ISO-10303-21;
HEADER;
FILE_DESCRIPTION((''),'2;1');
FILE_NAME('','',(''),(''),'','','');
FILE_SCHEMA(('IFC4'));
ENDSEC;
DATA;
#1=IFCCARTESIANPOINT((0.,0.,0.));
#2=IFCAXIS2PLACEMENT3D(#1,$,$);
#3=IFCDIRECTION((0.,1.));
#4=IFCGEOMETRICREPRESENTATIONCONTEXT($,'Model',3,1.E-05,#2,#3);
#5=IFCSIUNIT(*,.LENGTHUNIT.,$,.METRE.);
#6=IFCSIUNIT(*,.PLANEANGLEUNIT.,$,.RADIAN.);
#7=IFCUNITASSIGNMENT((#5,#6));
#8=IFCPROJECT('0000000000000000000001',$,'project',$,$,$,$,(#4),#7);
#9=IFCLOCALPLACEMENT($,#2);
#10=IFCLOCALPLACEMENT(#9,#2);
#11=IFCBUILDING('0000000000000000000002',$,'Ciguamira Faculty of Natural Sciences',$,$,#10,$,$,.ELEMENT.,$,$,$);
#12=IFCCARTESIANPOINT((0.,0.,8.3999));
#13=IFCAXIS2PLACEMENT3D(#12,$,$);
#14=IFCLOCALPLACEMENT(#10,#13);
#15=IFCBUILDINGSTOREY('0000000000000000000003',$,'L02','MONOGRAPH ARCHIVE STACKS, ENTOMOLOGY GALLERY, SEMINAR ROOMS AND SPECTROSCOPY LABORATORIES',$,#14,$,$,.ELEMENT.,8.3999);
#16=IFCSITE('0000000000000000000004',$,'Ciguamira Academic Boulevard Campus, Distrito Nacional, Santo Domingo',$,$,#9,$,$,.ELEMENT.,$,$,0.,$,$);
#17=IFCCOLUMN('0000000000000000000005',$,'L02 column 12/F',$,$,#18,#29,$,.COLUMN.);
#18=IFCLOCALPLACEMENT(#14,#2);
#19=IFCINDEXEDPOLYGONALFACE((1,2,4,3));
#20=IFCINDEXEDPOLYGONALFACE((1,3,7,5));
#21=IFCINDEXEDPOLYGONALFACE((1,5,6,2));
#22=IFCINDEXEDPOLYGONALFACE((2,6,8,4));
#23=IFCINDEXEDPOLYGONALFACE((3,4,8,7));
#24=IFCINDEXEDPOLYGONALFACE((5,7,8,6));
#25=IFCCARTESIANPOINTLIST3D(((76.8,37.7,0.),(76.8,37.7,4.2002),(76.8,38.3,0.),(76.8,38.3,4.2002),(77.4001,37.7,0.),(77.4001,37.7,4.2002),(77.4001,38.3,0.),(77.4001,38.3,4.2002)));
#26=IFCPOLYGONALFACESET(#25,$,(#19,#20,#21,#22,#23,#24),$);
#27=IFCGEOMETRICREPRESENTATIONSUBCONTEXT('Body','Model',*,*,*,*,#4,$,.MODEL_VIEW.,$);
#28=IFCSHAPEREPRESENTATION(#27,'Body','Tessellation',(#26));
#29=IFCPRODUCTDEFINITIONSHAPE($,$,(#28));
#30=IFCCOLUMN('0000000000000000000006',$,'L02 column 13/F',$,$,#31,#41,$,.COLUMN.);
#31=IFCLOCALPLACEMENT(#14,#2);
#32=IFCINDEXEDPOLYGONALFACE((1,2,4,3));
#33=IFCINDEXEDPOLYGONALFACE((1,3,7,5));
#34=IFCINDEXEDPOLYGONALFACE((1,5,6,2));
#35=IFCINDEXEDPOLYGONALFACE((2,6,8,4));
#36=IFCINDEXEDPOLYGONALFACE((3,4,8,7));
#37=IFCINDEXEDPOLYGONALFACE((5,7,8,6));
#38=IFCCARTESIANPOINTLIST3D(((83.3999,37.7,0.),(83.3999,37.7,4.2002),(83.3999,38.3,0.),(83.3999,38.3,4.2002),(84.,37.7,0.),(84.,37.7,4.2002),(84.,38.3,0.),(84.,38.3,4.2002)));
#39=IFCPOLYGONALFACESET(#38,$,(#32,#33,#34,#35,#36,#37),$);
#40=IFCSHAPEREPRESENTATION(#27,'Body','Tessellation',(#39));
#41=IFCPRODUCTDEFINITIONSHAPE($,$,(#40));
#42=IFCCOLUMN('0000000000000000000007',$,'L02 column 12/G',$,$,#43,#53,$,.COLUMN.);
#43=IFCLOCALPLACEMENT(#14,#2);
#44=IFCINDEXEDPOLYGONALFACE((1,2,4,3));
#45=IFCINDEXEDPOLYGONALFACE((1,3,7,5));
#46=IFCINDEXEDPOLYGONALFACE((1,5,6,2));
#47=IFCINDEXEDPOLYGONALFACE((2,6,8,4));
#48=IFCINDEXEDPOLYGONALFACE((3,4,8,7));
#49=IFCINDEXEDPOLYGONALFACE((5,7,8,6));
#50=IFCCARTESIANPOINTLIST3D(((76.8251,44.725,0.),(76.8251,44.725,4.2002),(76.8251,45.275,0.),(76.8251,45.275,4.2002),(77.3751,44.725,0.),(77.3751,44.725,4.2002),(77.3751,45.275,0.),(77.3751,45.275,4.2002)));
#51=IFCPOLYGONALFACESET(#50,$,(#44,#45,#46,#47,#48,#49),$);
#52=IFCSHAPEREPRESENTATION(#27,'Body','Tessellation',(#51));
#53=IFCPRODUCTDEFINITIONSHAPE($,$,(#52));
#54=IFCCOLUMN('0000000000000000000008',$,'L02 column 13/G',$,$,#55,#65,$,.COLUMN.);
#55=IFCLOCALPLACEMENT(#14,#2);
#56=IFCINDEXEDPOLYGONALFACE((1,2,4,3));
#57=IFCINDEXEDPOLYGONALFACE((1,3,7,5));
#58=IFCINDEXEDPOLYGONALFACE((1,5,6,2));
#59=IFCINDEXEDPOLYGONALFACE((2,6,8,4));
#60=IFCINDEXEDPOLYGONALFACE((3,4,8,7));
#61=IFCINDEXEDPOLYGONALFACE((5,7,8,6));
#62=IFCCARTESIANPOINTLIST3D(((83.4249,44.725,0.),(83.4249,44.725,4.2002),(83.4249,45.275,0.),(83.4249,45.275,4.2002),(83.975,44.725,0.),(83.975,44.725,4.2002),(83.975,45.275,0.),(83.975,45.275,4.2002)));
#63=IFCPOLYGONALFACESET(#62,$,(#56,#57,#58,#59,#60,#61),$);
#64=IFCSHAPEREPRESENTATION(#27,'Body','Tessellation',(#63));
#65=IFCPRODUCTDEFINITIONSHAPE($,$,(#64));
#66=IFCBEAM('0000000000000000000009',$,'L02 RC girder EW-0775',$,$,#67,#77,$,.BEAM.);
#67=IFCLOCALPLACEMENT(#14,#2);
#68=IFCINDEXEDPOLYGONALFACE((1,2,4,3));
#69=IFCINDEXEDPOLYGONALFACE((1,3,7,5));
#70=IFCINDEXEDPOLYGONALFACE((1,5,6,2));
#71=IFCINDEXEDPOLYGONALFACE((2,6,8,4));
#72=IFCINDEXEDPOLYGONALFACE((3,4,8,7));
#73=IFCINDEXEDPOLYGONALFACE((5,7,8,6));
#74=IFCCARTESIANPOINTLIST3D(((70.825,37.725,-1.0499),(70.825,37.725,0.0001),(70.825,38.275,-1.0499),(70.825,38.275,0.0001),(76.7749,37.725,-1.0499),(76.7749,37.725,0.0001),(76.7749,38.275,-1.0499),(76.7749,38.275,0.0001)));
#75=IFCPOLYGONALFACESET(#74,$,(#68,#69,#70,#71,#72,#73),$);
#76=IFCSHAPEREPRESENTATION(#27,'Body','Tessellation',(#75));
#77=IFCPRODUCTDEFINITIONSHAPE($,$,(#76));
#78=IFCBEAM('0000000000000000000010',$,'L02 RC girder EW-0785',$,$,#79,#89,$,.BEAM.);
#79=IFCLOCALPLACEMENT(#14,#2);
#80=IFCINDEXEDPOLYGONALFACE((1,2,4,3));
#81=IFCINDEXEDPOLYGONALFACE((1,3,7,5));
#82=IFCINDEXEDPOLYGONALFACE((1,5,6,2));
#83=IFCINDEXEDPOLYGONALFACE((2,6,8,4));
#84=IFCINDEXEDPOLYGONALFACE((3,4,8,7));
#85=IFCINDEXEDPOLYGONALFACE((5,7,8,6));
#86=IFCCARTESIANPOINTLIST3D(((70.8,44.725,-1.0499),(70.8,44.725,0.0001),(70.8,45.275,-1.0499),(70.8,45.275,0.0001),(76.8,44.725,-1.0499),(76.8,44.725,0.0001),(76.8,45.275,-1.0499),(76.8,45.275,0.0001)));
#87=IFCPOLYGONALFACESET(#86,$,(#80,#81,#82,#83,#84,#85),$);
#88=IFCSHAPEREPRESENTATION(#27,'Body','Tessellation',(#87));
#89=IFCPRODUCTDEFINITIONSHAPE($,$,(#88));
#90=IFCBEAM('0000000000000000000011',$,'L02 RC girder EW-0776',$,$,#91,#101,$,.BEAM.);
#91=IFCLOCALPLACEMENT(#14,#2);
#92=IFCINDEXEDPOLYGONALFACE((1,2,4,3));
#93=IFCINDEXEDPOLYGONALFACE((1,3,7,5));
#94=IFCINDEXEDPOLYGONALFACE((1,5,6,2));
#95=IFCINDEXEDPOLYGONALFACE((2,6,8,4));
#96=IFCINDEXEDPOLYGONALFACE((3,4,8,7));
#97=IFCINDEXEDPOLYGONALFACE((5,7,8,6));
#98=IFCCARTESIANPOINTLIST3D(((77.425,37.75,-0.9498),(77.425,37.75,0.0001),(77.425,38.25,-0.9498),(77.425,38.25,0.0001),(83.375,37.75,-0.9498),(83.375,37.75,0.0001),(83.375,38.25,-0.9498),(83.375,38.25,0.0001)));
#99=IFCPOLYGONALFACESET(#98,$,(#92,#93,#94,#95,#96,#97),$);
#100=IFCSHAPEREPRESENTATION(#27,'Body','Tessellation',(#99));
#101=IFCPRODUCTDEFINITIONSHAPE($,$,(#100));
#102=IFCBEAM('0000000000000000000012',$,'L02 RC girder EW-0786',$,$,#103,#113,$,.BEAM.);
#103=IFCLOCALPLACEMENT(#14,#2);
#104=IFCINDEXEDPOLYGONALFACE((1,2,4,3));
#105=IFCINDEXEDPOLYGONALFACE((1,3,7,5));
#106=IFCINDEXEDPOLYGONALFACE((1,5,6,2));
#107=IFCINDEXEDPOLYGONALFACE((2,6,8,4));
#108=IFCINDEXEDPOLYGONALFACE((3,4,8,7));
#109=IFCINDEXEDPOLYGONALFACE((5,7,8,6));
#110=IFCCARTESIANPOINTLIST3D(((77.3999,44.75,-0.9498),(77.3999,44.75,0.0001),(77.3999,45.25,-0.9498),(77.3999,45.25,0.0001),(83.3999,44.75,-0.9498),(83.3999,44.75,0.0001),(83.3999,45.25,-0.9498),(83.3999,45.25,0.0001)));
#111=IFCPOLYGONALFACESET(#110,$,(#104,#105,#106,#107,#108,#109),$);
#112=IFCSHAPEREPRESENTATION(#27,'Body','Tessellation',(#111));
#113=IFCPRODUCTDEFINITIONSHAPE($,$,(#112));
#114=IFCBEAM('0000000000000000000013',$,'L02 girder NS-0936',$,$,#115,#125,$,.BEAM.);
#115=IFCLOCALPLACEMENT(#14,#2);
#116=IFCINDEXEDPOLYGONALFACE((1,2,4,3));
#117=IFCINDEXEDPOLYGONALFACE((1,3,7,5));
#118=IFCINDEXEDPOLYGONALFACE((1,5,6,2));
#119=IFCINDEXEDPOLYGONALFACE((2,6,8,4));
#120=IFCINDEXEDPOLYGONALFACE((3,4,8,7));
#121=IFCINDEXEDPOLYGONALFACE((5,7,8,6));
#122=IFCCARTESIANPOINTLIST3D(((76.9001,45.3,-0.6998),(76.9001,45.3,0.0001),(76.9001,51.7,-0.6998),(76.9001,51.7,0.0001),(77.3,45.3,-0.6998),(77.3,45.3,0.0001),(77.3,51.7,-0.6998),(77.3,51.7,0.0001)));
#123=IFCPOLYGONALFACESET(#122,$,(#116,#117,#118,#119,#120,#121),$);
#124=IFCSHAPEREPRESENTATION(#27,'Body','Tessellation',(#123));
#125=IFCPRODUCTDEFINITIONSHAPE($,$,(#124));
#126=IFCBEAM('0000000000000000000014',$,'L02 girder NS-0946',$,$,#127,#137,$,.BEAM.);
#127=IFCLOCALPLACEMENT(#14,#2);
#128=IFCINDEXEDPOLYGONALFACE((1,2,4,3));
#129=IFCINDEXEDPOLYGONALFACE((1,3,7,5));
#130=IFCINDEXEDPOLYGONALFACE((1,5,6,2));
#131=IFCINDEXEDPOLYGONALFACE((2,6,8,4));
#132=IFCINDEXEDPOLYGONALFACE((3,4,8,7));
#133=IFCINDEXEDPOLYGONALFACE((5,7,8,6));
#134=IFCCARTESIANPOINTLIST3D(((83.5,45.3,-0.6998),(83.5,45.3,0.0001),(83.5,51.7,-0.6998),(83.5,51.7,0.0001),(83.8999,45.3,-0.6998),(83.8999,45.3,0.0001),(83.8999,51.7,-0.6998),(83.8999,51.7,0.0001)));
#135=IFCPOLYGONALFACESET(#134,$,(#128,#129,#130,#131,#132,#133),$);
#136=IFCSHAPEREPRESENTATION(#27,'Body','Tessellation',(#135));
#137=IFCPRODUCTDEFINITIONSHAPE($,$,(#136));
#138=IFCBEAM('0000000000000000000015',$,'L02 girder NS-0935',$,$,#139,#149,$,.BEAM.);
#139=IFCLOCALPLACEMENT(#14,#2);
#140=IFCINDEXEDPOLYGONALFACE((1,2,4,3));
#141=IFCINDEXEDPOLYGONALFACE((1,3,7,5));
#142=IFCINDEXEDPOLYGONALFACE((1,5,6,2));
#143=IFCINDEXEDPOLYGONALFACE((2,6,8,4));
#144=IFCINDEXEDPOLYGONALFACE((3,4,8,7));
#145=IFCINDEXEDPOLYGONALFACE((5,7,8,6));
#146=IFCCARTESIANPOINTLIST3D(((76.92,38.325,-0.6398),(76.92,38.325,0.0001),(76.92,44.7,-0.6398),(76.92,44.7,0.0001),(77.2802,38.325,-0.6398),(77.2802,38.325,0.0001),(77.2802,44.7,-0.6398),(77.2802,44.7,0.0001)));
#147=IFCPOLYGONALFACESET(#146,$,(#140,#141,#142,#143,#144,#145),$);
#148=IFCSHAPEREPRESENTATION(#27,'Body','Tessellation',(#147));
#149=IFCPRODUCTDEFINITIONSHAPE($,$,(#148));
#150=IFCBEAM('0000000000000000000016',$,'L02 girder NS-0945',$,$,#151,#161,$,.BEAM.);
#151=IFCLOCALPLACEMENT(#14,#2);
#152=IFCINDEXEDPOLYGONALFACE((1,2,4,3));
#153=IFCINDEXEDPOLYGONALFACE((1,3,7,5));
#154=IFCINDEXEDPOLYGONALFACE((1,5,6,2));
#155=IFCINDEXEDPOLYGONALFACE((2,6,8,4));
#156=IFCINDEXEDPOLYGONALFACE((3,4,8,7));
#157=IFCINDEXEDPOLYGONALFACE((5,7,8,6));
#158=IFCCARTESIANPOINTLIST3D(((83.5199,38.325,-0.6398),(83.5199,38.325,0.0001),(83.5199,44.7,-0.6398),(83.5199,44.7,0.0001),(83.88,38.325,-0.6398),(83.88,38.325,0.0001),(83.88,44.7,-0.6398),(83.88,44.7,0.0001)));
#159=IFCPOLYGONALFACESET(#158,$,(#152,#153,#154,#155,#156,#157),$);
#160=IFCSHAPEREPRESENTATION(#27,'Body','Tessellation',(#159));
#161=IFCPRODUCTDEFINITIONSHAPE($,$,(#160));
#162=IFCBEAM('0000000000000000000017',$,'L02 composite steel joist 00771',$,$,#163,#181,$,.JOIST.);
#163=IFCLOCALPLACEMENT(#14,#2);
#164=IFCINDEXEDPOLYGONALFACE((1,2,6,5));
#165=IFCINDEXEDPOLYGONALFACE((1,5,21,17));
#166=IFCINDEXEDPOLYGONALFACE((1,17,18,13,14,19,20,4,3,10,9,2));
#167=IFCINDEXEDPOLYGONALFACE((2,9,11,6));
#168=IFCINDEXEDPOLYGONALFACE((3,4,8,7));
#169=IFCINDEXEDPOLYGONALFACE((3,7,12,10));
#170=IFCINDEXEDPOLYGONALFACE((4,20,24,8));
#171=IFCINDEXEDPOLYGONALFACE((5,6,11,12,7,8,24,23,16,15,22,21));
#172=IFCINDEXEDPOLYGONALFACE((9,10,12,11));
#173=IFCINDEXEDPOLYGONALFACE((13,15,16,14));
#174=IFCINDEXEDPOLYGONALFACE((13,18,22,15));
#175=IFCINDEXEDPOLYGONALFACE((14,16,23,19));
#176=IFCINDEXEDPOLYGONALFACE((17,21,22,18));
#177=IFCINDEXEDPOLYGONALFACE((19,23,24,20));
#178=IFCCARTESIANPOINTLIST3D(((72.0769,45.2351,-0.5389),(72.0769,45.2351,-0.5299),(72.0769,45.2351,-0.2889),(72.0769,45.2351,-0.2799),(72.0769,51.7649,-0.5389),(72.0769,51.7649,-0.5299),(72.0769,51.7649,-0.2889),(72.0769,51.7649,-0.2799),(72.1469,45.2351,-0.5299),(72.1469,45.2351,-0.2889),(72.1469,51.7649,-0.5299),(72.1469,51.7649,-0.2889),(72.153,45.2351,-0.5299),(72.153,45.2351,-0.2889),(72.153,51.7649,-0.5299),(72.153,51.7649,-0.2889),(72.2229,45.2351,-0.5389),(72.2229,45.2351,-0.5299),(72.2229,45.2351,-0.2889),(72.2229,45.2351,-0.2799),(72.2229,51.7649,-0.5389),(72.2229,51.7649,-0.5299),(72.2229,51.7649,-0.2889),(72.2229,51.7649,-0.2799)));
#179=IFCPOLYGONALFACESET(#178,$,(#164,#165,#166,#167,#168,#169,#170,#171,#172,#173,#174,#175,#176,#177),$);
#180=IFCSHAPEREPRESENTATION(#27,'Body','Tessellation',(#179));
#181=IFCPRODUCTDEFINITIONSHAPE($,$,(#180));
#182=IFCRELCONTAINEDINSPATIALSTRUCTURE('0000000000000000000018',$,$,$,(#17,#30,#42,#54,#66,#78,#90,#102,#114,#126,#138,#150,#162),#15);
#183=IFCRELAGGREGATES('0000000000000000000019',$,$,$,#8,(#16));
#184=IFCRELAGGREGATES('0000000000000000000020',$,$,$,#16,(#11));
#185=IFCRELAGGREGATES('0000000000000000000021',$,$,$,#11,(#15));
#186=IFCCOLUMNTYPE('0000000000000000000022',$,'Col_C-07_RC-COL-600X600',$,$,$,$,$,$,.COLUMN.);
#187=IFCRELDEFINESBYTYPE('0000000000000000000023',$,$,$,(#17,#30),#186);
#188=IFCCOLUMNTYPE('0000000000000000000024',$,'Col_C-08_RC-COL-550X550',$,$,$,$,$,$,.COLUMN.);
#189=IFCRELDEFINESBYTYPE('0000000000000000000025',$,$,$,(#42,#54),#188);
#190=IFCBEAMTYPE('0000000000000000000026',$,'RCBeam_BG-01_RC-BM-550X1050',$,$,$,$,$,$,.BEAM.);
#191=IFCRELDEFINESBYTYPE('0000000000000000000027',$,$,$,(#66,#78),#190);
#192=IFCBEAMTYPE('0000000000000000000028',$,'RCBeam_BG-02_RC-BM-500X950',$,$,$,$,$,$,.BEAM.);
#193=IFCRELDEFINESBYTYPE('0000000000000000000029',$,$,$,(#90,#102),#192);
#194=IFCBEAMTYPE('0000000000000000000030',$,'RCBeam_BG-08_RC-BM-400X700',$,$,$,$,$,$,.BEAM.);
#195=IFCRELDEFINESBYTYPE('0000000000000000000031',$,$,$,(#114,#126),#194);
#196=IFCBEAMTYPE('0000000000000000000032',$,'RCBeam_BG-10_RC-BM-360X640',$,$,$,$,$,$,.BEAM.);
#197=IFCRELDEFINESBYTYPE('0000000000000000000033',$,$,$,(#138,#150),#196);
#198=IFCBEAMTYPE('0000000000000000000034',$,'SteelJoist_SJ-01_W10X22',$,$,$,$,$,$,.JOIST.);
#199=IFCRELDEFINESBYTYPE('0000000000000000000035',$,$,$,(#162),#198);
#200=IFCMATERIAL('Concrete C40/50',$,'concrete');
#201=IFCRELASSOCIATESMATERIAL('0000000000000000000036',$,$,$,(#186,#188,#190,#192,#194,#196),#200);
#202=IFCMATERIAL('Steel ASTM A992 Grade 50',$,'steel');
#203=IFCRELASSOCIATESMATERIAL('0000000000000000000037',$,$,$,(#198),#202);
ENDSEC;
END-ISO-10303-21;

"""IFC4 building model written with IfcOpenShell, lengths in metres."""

from ifc_helpers import new_model, si_unit, direction, frame, origin, origin_2d, place, context, subcontext, project, spatial, rectangle, i_section, extrude, material, material_profile, profile_set, type_object, element, save


model = new_model("IFC4")

# Units and contexts
model_context = context("Model", 3, precision=1e-05, world=origin(), true_north=direction((0.0, 1.0)))
body_context = subcontext(model_context, "Body", "Model", "MODEL_VIEW")
ifc_project = project(units=[si_unit("LENGTHUNIT", "METRE"), si_unit("PLANEANGLEUNIT", "RADIAN")], contexts=[model_context])

# Site, building, storey
site_placement = place(None, origin())
site = spatial("IfcSite", under=ifc_project, at=site_placement, Name="Ciguamira Academic Boulevard Campus, Distrito Nacional, Santo Domingo", CompositionType="ELEMENT", RefElevation=0.0)
building_placement = place(site_placement, origin())
building = spatial("IfcBuilding", under=site, at=building_placement, Name="Ciguamira Faculty of Natural Sciences", CompositionType="ELEMENT")
storey_placement = place(building_placement, frame((0.0, 0.0, 8.3999)))
storey = spatial("IfcBuildingStorey", under=building, at=storey_placement, Name="L02", Description="MONOGRAPH ARCHIVE STACKS, ENTOMOLOGY GALLERY, SEMINAR ROOMS AND SPECTROSCOPY LABORATORIES", CompositionType="ELEMENT", Elevation=8.3999)

# Columns
ifc_material_1 = material(Name="Concrete C40/50", Category="concrete")
ifc_material_profile_1 = material_profile(ifc_material_1, rectangle(XDim=0.6001, YDim=0.6001, at=origin_2d()), Name="RC-COL-600X600")
ifc_profile_set_1 = profile_set([ifc_material_profile_1], Name="Concrete C40/50")
column_type_1 = type_object("IfcColumnType", Name="Col_C-07_RC-COL-600X600", PredefinedType="COLUMN", material=ifc_profile_set_1)
for number, where, z_axis, x_axis, name in (
    (1, (77.1001, 38.0, 0.0), (0.0, 0.0, 1.0), (1.0, 0.0, 0.0), "L02 column 12/F"),
    (2, (83.7, 38.0, 0.0), (0.0, 0.0, 1.0), (1.0, 0.0, 0.0), "L02 column 13/F"),
):
    element("IfcColumn", number, at=place(storey_placement, frame(where, z_axis=z_axis, x_axis=x_axis)), inside=storey, type_object=column_type_1, Name=name, PredefinedType="COLUMN", context=body_context, shape_type="SweptSolid", body=[
        extrude(rectangle(XDim=0.6001, YDim=0.6001, at=origin_2d()), origin(), (0.0, 0.0, 1.0), 4.2002),
    ])
ifc_material_profile_2 = material_profile(ifc_material_1, rectangle(XDim=0.55, YDim=0.55, at=origin_2d()), Name="RC-COL-550X550")
ifc_profile_set_2 = profile_set([ifc_material_profile_2], Name="Concrete C40/50")
column_type_2 = type_object("IfcColumnType", Name="Col_C-08_RC-COL-550X550", PredefinedType="COLUMN", material=ifc_profile_set_2)
for number, where, z_axis, x_axis, name in (
    (3, (77.1001, 45.0, 0.0), (0.0, 0.0, 1.0), (1.0, 0.0, 0.0), "L02 column 12/G"),
    (4, (83.7, 45.0, 0.0), (0.0, 0.0, 1.0), (1.0, 0.0, 0.0), "L02 column 13/G"),
):
    element("IfcColumn", number, at=place(storey_placement, frame(where, z_axis=z_axis, x_axis=x_axis)), inside=storey, type_object=column_type_2, Name=name, PredefinedType="COLUMN", context=body_context, shape_type="SweptSolid", body=[
        extrude(rectangle(XDim=0.55, YDim=0.55, at=origin_2d()), origin(), (0.0, 0.0, 1.0), 4.2002),
    ])

# Beams
ifc_material_profile_3 = material_profile(ifc_material_1, rectangle(XDim=0.55, YDim=1.05, at=origin_2d()), Name="RC-BM-550X1050")
ifc_profile_set_3 = profile_set([ifc_material_profile_3], Name="Concrete C40/50")
beam_type_1 = type_object("IfcBeamType", Name="RCBeam_BG-01_RC-BM-550X1050", PredefinedType="BEAM", material=ifc_profile_set_3)
beam_1_placement = place(storey_placement, frame((70.825, 38.0, -0.5249), z_axis=(1.0, 0.0, 0.0), x_axis=(0.0, 1.0, 0.0)))
element("IfcBeam", 5, at=beam_1_placement, inside=storey, type_object=beam_type_1, Name="L02 RC girder EW-0775", PredefinedType="BEAM", context=body_context, shape_type="SweptSolid", body=[
    extrude(rectangle(XDim=0.55, YDim=1.05, at=origin_2d()), origin(), (0.0, 0.0, 1.0), 5.95),
])
beam_2_placement = place(storey_placement, frame((70.8, 45.0, -0.5249), z_axis=(1.0, 0.0, 0.0), x_axis=(0.0, 1.0, 0.0)))
element("IfcBeam", 6, at=beam_2_placement, inside=storey, type_object=beam_type_1, Name="L02 RC girder EW-0785", PredefinedType="BEAM", context=body_context, shape_type="SweptSolid", body=[
    extrude(rectangle(XDim=0.55, YDim=1.05, at=origin_2d()), origin(), (0.0, 0.0, 1.0), 6.0),
])
ifc_material_profile_4 = material_profile(ifc_material_1, rectangle(XDim=0.5, YDim=0.95, at=origin_2d()), Name="RC-BM-500X950")
ifc_profile_set_4 = profile_set([ifc_material_profile_4], Name="Concrete C40/50")
beam_type_2 = type_object("IfcBeamType", Name="RCBeam_BG-02_RC-BM-500X950", PredefinedType="BEAM", material=ifc_profile_set_4)
beam_3_placement = place(storey_placement, frame((77.425, 38.0, -0.4749), z_axis=(1.0, 0.0, 0.0), x_axis=(0.0, 1.0, 0.0)))
element("IfcBeam", 7, at=beam_3_placement, inside=storey, type_object=beam_type_2, Name="L02 RC girder EW-0776", PredefinedType="BEAM", context=body_context, shape_type="SweptSolid", body=[
    extrude(rectangle(XDim=0.5, YDim=0.95, at=origin_2d()), origin(), (0.0, 0.0, 1.0), 5.95),
])
beam_4_placement = place(storey_placement, frame((77.3999, 45.0, -0.4749), z_axis=(1.0, 0.0, 0.0), x_axis=(0.0, 1.0, 0.0)))
element("IfcBeam", 8, at=beam_4_placement, inside=storey, type_object=beam_type_2, Name="L02 RC girder EW-0786", PredefinedType="BEAM", context=body_context, shape_type="SweptSolid", body=[
    extrude(rectangle(XDim=0.5, YDim=0.95, at=origin_2d()), origin(), (0.0, 0.0, 1.0), 6.0),
])
ifc_material_profile_5 = material_profile(ifc_material_1, rectangle(XDim=0.3999, YDim=0.7, at=origin_2d()), Name="RC-BM-400X700")
ifc_profile_set_5 = profile_set([ifc_material_profile_5], Name="Concrete C40/50")
beam_type_3 = type_object("IfcBeamType", Name="RCBeam_BG-08_RC-BM-400X700", PredefinedType="BEAM", material=ifc_profile_set_5)
for number, where, z_axis, x_axis, name in (
    (9, (77.1001, 45.3, -0.3499), (0.0, 1.0, 0.0), (-1.0, 0.0, 0.0), "L02 girder NS-0936"),
    (10, (83.7, 45.3, -0.3499), (0.0, 1.0, 0.0), (-1.0, 0.0, 0.0), "L02 girder NS-0946"),
):
    element("IfcBeam", number, at=place(storey_placement, frame(where, z_axis=z_axis, x_axis=x_axis)), inside=storey, type_object=beam_type_3, Name=name, PredefinedType="BEAM", context=body_context, shape_type="SweptSolid", body=[
        extrude(rectangle(XDim=0.3999, YDim=0.7, at=origin_2d()), origin(), (0.0, 0.0, 1.0), 6.3999),
    ])
ifc_material_profile_6 = material_profile(ifc_material_1, rectangle(XDim=0.3601, YDim=0.6399, at=origin_2d()), Name="RC-BM-360X640")
ifc_profile_set_6 = profile_set([ifc_material_profile_6], Name="Concrete C40/50")
beam_type_4 = type_object("IfcBeamType", Name="RCBeam_BG-10_RC-BM-360X640", PredefinedType="BEAM", material=ifc_profile_set_6)
for number, where, z_axis, x_axis, name in (
    (11, (77.1001, 38.325, -0.3198), (0.0, 1.0, 0.0), (-1.0, 0.0, 0.0), "L02 girder NS-0935"),
    (12, (83.7, 38.325, -0.3198), (0.0, 1.0, 0.0), (-1.0, 0.0, 0.0), "L02 girder NS-0945"),
):
    element("IfcBeam", number, at=place(storey_placement, frame(where, z_axis=z_axis, x_axis=x_axis)), inside=storey, type_object=beam_type_4, Name=name, PredefinedType="BEAM", context=body_context, shape_type="SweptSolid", body=[
        extrude(rectangle(XDim=0.3601, YDim=0.6399, at=origin_2d()), origin(), (0.0, 0.0, 1.0), 6.375),
    ])
ifc_material_2 = material(Name="Steel ASTM A992 Grade 50", Category="steel")
ifc_material_profile_7 = material_profile(ifc_material_2, i_section(OverallWidth=0.146, OverallDepth=0.259, WebThickness=0.0061, FlangeThickness=0.009, at=origin_2d()), Name="W10X22")
ifc_profile_set_7 = profile_set([ifc_material_profile_7], Name="Steel ASTM A992 Grade 50")
beam_type_5 = type_object("IfcBeamType", Name="SteelJoist_SJ-01_W10X22", PredefinedType="JOIST", material=ifc_profile_set_7)
beam_5_placement = place(storey_placement, frame((72.1499, 45.2351, -0.4094), z_axis=(0.0, 1.0, 0.0), x_axis=(-1.0, 0.0, 0.0)))
element("IfcBeam", 13, at=beam_5_placement, inside=storey, type_object=beam_type_5, Name="L02 composite steel joist 00771", PredefinedType="JOIST", context=body_context, shape_type="SweptSolid", body=[
    extrude(i_section(OverallWidth=0.146, OverallDepth=0.259, WebThickness=0.0061, FlangeThickness=0.009, at=origin_2d()), origin(), (0.0, 0.0, 1.0), 6.5298),
])

save(model, "model.ifc")
